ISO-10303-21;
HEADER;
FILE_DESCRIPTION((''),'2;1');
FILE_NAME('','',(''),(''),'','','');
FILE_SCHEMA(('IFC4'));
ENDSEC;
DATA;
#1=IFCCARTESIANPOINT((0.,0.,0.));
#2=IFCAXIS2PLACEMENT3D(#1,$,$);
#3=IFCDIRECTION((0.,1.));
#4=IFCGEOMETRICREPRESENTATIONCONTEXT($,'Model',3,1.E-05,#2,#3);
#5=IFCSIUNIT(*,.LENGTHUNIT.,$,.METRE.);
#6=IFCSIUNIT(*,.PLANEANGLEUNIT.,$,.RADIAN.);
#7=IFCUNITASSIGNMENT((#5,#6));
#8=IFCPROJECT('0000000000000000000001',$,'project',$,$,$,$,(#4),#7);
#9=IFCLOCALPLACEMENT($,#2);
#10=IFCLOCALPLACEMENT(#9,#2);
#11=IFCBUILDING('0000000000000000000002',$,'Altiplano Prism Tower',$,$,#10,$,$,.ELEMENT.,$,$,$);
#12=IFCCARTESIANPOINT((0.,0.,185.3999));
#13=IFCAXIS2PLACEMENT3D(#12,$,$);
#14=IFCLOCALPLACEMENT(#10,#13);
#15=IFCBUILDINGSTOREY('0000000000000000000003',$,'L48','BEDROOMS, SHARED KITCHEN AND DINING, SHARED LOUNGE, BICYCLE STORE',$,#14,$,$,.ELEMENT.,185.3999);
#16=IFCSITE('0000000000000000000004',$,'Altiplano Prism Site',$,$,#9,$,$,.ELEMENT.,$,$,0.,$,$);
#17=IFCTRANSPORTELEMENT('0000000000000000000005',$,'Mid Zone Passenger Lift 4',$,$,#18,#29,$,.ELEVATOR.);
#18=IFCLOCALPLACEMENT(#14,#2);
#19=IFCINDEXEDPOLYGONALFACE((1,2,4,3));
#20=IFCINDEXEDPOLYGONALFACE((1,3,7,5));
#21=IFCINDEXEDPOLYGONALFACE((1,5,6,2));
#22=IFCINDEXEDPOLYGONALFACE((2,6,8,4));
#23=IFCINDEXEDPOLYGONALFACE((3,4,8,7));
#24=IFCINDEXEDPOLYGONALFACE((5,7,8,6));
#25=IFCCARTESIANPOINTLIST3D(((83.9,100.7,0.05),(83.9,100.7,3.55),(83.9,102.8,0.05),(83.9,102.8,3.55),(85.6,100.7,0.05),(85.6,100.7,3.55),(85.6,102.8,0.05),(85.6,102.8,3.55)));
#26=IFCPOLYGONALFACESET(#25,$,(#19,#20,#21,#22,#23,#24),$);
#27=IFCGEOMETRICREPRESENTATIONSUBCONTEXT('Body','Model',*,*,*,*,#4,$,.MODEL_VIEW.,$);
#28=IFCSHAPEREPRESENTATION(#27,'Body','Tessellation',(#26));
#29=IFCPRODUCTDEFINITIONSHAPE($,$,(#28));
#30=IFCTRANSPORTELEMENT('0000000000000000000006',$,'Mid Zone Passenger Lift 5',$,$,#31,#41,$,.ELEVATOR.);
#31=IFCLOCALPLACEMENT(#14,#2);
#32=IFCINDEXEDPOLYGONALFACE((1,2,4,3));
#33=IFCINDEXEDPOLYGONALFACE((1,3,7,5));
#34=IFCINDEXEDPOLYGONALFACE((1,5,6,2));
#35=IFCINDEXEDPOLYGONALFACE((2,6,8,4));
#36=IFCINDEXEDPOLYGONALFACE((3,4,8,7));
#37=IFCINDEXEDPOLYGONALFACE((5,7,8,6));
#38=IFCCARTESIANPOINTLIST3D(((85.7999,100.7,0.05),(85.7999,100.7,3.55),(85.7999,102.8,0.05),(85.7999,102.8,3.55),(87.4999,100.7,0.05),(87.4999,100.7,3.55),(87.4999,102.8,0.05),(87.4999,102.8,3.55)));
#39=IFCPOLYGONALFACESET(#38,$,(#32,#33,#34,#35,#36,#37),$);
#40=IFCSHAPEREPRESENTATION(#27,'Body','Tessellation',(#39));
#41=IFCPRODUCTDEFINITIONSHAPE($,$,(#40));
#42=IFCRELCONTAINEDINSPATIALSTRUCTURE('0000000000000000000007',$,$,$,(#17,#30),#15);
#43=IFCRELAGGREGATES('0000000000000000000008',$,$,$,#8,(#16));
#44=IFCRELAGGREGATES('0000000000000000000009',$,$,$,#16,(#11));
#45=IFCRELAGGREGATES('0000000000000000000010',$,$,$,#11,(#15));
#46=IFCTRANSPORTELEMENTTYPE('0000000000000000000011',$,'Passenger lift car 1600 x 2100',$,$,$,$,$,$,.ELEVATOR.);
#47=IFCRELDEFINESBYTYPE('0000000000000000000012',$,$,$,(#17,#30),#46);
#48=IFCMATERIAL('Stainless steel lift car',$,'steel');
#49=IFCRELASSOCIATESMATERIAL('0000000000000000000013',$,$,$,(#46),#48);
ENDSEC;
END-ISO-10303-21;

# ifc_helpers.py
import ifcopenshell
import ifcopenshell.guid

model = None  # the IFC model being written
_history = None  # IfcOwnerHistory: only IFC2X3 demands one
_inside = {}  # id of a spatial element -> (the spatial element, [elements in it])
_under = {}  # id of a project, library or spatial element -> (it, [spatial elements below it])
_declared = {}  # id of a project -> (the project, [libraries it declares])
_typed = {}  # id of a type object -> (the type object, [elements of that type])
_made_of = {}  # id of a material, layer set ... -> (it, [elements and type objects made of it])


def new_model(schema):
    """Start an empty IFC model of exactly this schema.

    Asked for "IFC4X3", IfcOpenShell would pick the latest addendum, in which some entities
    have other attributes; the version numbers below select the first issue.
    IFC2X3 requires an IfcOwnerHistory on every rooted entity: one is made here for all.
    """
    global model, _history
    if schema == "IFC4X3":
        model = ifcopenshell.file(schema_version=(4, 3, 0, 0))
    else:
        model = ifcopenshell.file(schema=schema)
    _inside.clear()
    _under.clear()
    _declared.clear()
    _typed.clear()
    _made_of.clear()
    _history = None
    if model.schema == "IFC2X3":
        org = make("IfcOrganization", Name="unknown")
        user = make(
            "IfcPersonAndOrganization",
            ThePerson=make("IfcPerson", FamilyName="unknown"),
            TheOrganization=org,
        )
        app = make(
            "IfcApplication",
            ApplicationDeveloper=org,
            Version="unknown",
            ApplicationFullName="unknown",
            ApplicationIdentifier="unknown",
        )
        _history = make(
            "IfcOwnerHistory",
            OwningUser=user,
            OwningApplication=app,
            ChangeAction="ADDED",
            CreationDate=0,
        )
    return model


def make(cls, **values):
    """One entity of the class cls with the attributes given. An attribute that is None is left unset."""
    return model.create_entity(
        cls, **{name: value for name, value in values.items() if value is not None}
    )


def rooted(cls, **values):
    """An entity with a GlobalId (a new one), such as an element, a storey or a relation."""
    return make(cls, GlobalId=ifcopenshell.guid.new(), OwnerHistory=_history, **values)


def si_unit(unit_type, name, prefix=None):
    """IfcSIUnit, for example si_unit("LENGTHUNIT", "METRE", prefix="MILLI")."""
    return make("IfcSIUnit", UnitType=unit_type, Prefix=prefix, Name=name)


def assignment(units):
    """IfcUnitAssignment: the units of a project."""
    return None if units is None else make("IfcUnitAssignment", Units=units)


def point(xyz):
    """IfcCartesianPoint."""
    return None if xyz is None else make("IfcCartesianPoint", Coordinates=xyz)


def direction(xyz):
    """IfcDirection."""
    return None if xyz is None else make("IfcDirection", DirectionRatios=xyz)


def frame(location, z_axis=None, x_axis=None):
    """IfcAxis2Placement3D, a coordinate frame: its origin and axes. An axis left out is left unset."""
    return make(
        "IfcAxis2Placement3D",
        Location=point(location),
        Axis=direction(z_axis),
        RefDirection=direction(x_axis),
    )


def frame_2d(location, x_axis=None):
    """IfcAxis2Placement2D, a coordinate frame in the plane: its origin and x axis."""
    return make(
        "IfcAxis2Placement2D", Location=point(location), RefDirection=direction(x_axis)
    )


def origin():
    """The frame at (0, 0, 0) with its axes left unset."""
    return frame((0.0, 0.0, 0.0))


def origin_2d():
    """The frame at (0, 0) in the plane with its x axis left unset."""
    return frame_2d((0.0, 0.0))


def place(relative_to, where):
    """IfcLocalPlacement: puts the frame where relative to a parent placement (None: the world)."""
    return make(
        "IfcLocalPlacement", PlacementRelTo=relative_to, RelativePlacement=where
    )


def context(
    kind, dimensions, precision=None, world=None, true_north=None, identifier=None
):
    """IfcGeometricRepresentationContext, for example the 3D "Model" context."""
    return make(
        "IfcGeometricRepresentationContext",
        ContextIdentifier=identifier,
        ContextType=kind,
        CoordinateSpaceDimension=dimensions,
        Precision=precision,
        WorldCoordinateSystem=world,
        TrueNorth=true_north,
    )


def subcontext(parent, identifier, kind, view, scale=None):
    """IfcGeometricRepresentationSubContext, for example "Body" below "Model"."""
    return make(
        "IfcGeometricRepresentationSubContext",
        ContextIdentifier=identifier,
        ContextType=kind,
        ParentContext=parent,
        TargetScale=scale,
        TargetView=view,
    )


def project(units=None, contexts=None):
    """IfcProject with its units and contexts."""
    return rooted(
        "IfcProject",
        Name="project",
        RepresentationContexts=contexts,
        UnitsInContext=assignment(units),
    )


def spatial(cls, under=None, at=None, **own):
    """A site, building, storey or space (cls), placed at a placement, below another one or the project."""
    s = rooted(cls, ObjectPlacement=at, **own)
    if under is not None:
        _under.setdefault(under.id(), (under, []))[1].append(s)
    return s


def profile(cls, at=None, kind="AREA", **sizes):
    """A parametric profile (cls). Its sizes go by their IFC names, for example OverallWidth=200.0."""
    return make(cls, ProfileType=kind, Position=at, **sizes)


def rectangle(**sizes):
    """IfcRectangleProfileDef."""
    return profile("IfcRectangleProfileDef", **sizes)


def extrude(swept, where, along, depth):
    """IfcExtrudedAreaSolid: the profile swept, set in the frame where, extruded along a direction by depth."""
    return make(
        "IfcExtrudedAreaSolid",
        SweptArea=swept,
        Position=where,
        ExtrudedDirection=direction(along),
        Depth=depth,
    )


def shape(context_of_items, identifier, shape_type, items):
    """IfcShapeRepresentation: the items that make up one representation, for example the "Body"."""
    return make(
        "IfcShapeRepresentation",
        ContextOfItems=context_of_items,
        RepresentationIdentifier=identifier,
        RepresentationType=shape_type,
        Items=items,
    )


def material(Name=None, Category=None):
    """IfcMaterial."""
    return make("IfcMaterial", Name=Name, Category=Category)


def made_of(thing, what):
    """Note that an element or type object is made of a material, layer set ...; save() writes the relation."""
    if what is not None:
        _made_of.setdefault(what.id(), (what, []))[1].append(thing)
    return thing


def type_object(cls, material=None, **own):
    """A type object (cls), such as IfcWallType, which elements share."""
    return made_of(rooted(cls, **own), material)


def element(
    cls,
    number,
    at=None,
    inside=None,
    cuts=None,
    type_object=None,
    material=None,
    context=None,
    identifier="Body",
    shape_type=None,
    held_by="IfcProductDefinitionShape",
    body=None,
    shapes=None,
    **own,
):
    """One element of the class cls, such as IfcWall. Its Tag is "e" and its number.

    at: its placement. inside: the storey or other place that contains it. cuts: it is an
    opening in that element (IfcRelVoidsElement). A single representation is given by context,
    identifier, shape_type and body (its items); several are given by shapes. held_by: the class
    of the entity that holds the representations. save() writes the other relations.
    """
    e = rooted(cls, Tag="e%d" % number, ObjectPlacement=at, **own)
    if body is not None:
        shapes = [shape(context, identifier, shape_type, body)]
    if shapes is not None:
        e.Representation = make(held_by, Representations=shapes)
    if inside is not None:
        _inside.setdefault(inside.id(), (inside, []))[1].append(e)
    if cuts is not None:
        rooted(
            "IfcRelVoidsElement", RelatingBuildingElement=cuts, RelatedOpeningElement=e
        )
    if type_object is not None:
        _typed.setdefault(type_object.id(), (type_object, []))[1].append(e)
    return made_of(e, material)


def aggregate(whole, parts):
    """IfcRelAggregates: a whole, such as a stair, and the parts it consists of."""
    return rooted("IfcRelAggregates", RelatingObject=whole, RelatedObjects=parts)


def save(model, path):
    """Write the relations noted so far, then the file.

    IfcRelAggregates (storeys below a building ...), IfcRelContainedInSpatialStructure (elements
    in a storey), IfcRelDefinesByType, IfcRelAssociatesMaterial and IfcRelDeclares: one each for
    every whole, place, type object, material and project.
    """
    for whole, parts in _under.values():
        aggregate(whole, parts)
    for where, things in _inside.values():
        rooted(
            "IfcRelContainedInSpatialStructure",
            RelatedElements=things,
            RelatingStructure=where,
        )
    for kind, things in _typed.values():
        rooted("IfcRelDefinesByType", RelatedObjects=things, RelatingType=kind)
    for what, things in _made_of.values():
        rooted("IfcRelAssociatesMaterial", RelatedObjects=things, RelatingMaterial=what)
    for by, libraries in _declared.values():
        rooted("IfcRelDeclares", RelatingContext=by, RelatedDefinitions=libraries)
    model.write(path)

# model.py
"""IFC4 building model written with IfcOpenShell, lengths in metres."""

from ifc_helpers import new_model, si_unit, direction, frame, origin, origin_2d, place, context, subcontext, project, spatial, rectangle, extrude, material, type_object, element, save


model = new_model("IFC4")

# Units and contexts
model_context = context("Model", 3, precision=1e-05, world=origin(), true_north=direction((0.0, 1.0)))
body_context = subcontext(model_context, "Body", "Model", "MODEL_VIEW")
ifc_project = project(units=[si_unit("LENGTHUNIT", "METRE"), si_unit("PLANEANGLEUNIT", "RADIAN")], contexts=[model_context])

# Site, building, storey
site_placement = place(None, origin())
site = spatial("IfcSite", under=ifc_project, at=site_placement, Name="Altiplano Prism Site", CompositionType="ELEMENT", RefElevation=0.0)
building_placement = place(site_placement, origin())
building = spatial("IfcBuilding", under=site, at=building_placement, Name="Altiplano Prism Tower", CompositionType="ELEMENT")
storey_placement = place(building_placement, frame((0.0, 0.0, 185.3999)))
storey = spatial("IfcBuildingStorey", under=building, at=storey_placement, Name="L48", Description="BEDROOMS, SHARED KITCHEN AND DINING, SHARED LOUNGE, BICYCLE STORE", CompositionType="ELEMENT", Elevation=185.3999)

# Transport elements
ifc_material_1 = material(Name="Stainless steel lift car", Category="steel")
transport_element_type = type_object("IfcTransportElementType", Name="Passenger lift car 1600 x 2100", PredefinedType="ELEVATOR", material=ifc_material_1)
for number, where, z_axis, x_axis, name in (
    (1, (84.75, 101.75, 0.05), (0.0, 0.0, 1.0), (1.0, 0.0, 0.0), "Mid Zone Passenger Lift 4"),
    (2, (86.6499, 101.75, 0.05), (0.0, 0.0, 1.0), (1.0, 0.0, 0.0), "Mid Zone Passenger Lift 5"),
):
    element("IfcTransportElement", number, at=place(storey_placement, frame(where, z_axis=z_axis, x_axis=x_axis)), inside=storey, type_object=transport_element_type, Name=name, PredefinedType="ELEVATOR", context=body_context, shape_type="SweptSolid", body=[
        extrude(rectangle(XDim=1.7, YDim=2.1001, at=origin_2d()), origin(), (0.0, 0.0, 1.0), 3.5),
    ])

save(model, "model.ifc")
